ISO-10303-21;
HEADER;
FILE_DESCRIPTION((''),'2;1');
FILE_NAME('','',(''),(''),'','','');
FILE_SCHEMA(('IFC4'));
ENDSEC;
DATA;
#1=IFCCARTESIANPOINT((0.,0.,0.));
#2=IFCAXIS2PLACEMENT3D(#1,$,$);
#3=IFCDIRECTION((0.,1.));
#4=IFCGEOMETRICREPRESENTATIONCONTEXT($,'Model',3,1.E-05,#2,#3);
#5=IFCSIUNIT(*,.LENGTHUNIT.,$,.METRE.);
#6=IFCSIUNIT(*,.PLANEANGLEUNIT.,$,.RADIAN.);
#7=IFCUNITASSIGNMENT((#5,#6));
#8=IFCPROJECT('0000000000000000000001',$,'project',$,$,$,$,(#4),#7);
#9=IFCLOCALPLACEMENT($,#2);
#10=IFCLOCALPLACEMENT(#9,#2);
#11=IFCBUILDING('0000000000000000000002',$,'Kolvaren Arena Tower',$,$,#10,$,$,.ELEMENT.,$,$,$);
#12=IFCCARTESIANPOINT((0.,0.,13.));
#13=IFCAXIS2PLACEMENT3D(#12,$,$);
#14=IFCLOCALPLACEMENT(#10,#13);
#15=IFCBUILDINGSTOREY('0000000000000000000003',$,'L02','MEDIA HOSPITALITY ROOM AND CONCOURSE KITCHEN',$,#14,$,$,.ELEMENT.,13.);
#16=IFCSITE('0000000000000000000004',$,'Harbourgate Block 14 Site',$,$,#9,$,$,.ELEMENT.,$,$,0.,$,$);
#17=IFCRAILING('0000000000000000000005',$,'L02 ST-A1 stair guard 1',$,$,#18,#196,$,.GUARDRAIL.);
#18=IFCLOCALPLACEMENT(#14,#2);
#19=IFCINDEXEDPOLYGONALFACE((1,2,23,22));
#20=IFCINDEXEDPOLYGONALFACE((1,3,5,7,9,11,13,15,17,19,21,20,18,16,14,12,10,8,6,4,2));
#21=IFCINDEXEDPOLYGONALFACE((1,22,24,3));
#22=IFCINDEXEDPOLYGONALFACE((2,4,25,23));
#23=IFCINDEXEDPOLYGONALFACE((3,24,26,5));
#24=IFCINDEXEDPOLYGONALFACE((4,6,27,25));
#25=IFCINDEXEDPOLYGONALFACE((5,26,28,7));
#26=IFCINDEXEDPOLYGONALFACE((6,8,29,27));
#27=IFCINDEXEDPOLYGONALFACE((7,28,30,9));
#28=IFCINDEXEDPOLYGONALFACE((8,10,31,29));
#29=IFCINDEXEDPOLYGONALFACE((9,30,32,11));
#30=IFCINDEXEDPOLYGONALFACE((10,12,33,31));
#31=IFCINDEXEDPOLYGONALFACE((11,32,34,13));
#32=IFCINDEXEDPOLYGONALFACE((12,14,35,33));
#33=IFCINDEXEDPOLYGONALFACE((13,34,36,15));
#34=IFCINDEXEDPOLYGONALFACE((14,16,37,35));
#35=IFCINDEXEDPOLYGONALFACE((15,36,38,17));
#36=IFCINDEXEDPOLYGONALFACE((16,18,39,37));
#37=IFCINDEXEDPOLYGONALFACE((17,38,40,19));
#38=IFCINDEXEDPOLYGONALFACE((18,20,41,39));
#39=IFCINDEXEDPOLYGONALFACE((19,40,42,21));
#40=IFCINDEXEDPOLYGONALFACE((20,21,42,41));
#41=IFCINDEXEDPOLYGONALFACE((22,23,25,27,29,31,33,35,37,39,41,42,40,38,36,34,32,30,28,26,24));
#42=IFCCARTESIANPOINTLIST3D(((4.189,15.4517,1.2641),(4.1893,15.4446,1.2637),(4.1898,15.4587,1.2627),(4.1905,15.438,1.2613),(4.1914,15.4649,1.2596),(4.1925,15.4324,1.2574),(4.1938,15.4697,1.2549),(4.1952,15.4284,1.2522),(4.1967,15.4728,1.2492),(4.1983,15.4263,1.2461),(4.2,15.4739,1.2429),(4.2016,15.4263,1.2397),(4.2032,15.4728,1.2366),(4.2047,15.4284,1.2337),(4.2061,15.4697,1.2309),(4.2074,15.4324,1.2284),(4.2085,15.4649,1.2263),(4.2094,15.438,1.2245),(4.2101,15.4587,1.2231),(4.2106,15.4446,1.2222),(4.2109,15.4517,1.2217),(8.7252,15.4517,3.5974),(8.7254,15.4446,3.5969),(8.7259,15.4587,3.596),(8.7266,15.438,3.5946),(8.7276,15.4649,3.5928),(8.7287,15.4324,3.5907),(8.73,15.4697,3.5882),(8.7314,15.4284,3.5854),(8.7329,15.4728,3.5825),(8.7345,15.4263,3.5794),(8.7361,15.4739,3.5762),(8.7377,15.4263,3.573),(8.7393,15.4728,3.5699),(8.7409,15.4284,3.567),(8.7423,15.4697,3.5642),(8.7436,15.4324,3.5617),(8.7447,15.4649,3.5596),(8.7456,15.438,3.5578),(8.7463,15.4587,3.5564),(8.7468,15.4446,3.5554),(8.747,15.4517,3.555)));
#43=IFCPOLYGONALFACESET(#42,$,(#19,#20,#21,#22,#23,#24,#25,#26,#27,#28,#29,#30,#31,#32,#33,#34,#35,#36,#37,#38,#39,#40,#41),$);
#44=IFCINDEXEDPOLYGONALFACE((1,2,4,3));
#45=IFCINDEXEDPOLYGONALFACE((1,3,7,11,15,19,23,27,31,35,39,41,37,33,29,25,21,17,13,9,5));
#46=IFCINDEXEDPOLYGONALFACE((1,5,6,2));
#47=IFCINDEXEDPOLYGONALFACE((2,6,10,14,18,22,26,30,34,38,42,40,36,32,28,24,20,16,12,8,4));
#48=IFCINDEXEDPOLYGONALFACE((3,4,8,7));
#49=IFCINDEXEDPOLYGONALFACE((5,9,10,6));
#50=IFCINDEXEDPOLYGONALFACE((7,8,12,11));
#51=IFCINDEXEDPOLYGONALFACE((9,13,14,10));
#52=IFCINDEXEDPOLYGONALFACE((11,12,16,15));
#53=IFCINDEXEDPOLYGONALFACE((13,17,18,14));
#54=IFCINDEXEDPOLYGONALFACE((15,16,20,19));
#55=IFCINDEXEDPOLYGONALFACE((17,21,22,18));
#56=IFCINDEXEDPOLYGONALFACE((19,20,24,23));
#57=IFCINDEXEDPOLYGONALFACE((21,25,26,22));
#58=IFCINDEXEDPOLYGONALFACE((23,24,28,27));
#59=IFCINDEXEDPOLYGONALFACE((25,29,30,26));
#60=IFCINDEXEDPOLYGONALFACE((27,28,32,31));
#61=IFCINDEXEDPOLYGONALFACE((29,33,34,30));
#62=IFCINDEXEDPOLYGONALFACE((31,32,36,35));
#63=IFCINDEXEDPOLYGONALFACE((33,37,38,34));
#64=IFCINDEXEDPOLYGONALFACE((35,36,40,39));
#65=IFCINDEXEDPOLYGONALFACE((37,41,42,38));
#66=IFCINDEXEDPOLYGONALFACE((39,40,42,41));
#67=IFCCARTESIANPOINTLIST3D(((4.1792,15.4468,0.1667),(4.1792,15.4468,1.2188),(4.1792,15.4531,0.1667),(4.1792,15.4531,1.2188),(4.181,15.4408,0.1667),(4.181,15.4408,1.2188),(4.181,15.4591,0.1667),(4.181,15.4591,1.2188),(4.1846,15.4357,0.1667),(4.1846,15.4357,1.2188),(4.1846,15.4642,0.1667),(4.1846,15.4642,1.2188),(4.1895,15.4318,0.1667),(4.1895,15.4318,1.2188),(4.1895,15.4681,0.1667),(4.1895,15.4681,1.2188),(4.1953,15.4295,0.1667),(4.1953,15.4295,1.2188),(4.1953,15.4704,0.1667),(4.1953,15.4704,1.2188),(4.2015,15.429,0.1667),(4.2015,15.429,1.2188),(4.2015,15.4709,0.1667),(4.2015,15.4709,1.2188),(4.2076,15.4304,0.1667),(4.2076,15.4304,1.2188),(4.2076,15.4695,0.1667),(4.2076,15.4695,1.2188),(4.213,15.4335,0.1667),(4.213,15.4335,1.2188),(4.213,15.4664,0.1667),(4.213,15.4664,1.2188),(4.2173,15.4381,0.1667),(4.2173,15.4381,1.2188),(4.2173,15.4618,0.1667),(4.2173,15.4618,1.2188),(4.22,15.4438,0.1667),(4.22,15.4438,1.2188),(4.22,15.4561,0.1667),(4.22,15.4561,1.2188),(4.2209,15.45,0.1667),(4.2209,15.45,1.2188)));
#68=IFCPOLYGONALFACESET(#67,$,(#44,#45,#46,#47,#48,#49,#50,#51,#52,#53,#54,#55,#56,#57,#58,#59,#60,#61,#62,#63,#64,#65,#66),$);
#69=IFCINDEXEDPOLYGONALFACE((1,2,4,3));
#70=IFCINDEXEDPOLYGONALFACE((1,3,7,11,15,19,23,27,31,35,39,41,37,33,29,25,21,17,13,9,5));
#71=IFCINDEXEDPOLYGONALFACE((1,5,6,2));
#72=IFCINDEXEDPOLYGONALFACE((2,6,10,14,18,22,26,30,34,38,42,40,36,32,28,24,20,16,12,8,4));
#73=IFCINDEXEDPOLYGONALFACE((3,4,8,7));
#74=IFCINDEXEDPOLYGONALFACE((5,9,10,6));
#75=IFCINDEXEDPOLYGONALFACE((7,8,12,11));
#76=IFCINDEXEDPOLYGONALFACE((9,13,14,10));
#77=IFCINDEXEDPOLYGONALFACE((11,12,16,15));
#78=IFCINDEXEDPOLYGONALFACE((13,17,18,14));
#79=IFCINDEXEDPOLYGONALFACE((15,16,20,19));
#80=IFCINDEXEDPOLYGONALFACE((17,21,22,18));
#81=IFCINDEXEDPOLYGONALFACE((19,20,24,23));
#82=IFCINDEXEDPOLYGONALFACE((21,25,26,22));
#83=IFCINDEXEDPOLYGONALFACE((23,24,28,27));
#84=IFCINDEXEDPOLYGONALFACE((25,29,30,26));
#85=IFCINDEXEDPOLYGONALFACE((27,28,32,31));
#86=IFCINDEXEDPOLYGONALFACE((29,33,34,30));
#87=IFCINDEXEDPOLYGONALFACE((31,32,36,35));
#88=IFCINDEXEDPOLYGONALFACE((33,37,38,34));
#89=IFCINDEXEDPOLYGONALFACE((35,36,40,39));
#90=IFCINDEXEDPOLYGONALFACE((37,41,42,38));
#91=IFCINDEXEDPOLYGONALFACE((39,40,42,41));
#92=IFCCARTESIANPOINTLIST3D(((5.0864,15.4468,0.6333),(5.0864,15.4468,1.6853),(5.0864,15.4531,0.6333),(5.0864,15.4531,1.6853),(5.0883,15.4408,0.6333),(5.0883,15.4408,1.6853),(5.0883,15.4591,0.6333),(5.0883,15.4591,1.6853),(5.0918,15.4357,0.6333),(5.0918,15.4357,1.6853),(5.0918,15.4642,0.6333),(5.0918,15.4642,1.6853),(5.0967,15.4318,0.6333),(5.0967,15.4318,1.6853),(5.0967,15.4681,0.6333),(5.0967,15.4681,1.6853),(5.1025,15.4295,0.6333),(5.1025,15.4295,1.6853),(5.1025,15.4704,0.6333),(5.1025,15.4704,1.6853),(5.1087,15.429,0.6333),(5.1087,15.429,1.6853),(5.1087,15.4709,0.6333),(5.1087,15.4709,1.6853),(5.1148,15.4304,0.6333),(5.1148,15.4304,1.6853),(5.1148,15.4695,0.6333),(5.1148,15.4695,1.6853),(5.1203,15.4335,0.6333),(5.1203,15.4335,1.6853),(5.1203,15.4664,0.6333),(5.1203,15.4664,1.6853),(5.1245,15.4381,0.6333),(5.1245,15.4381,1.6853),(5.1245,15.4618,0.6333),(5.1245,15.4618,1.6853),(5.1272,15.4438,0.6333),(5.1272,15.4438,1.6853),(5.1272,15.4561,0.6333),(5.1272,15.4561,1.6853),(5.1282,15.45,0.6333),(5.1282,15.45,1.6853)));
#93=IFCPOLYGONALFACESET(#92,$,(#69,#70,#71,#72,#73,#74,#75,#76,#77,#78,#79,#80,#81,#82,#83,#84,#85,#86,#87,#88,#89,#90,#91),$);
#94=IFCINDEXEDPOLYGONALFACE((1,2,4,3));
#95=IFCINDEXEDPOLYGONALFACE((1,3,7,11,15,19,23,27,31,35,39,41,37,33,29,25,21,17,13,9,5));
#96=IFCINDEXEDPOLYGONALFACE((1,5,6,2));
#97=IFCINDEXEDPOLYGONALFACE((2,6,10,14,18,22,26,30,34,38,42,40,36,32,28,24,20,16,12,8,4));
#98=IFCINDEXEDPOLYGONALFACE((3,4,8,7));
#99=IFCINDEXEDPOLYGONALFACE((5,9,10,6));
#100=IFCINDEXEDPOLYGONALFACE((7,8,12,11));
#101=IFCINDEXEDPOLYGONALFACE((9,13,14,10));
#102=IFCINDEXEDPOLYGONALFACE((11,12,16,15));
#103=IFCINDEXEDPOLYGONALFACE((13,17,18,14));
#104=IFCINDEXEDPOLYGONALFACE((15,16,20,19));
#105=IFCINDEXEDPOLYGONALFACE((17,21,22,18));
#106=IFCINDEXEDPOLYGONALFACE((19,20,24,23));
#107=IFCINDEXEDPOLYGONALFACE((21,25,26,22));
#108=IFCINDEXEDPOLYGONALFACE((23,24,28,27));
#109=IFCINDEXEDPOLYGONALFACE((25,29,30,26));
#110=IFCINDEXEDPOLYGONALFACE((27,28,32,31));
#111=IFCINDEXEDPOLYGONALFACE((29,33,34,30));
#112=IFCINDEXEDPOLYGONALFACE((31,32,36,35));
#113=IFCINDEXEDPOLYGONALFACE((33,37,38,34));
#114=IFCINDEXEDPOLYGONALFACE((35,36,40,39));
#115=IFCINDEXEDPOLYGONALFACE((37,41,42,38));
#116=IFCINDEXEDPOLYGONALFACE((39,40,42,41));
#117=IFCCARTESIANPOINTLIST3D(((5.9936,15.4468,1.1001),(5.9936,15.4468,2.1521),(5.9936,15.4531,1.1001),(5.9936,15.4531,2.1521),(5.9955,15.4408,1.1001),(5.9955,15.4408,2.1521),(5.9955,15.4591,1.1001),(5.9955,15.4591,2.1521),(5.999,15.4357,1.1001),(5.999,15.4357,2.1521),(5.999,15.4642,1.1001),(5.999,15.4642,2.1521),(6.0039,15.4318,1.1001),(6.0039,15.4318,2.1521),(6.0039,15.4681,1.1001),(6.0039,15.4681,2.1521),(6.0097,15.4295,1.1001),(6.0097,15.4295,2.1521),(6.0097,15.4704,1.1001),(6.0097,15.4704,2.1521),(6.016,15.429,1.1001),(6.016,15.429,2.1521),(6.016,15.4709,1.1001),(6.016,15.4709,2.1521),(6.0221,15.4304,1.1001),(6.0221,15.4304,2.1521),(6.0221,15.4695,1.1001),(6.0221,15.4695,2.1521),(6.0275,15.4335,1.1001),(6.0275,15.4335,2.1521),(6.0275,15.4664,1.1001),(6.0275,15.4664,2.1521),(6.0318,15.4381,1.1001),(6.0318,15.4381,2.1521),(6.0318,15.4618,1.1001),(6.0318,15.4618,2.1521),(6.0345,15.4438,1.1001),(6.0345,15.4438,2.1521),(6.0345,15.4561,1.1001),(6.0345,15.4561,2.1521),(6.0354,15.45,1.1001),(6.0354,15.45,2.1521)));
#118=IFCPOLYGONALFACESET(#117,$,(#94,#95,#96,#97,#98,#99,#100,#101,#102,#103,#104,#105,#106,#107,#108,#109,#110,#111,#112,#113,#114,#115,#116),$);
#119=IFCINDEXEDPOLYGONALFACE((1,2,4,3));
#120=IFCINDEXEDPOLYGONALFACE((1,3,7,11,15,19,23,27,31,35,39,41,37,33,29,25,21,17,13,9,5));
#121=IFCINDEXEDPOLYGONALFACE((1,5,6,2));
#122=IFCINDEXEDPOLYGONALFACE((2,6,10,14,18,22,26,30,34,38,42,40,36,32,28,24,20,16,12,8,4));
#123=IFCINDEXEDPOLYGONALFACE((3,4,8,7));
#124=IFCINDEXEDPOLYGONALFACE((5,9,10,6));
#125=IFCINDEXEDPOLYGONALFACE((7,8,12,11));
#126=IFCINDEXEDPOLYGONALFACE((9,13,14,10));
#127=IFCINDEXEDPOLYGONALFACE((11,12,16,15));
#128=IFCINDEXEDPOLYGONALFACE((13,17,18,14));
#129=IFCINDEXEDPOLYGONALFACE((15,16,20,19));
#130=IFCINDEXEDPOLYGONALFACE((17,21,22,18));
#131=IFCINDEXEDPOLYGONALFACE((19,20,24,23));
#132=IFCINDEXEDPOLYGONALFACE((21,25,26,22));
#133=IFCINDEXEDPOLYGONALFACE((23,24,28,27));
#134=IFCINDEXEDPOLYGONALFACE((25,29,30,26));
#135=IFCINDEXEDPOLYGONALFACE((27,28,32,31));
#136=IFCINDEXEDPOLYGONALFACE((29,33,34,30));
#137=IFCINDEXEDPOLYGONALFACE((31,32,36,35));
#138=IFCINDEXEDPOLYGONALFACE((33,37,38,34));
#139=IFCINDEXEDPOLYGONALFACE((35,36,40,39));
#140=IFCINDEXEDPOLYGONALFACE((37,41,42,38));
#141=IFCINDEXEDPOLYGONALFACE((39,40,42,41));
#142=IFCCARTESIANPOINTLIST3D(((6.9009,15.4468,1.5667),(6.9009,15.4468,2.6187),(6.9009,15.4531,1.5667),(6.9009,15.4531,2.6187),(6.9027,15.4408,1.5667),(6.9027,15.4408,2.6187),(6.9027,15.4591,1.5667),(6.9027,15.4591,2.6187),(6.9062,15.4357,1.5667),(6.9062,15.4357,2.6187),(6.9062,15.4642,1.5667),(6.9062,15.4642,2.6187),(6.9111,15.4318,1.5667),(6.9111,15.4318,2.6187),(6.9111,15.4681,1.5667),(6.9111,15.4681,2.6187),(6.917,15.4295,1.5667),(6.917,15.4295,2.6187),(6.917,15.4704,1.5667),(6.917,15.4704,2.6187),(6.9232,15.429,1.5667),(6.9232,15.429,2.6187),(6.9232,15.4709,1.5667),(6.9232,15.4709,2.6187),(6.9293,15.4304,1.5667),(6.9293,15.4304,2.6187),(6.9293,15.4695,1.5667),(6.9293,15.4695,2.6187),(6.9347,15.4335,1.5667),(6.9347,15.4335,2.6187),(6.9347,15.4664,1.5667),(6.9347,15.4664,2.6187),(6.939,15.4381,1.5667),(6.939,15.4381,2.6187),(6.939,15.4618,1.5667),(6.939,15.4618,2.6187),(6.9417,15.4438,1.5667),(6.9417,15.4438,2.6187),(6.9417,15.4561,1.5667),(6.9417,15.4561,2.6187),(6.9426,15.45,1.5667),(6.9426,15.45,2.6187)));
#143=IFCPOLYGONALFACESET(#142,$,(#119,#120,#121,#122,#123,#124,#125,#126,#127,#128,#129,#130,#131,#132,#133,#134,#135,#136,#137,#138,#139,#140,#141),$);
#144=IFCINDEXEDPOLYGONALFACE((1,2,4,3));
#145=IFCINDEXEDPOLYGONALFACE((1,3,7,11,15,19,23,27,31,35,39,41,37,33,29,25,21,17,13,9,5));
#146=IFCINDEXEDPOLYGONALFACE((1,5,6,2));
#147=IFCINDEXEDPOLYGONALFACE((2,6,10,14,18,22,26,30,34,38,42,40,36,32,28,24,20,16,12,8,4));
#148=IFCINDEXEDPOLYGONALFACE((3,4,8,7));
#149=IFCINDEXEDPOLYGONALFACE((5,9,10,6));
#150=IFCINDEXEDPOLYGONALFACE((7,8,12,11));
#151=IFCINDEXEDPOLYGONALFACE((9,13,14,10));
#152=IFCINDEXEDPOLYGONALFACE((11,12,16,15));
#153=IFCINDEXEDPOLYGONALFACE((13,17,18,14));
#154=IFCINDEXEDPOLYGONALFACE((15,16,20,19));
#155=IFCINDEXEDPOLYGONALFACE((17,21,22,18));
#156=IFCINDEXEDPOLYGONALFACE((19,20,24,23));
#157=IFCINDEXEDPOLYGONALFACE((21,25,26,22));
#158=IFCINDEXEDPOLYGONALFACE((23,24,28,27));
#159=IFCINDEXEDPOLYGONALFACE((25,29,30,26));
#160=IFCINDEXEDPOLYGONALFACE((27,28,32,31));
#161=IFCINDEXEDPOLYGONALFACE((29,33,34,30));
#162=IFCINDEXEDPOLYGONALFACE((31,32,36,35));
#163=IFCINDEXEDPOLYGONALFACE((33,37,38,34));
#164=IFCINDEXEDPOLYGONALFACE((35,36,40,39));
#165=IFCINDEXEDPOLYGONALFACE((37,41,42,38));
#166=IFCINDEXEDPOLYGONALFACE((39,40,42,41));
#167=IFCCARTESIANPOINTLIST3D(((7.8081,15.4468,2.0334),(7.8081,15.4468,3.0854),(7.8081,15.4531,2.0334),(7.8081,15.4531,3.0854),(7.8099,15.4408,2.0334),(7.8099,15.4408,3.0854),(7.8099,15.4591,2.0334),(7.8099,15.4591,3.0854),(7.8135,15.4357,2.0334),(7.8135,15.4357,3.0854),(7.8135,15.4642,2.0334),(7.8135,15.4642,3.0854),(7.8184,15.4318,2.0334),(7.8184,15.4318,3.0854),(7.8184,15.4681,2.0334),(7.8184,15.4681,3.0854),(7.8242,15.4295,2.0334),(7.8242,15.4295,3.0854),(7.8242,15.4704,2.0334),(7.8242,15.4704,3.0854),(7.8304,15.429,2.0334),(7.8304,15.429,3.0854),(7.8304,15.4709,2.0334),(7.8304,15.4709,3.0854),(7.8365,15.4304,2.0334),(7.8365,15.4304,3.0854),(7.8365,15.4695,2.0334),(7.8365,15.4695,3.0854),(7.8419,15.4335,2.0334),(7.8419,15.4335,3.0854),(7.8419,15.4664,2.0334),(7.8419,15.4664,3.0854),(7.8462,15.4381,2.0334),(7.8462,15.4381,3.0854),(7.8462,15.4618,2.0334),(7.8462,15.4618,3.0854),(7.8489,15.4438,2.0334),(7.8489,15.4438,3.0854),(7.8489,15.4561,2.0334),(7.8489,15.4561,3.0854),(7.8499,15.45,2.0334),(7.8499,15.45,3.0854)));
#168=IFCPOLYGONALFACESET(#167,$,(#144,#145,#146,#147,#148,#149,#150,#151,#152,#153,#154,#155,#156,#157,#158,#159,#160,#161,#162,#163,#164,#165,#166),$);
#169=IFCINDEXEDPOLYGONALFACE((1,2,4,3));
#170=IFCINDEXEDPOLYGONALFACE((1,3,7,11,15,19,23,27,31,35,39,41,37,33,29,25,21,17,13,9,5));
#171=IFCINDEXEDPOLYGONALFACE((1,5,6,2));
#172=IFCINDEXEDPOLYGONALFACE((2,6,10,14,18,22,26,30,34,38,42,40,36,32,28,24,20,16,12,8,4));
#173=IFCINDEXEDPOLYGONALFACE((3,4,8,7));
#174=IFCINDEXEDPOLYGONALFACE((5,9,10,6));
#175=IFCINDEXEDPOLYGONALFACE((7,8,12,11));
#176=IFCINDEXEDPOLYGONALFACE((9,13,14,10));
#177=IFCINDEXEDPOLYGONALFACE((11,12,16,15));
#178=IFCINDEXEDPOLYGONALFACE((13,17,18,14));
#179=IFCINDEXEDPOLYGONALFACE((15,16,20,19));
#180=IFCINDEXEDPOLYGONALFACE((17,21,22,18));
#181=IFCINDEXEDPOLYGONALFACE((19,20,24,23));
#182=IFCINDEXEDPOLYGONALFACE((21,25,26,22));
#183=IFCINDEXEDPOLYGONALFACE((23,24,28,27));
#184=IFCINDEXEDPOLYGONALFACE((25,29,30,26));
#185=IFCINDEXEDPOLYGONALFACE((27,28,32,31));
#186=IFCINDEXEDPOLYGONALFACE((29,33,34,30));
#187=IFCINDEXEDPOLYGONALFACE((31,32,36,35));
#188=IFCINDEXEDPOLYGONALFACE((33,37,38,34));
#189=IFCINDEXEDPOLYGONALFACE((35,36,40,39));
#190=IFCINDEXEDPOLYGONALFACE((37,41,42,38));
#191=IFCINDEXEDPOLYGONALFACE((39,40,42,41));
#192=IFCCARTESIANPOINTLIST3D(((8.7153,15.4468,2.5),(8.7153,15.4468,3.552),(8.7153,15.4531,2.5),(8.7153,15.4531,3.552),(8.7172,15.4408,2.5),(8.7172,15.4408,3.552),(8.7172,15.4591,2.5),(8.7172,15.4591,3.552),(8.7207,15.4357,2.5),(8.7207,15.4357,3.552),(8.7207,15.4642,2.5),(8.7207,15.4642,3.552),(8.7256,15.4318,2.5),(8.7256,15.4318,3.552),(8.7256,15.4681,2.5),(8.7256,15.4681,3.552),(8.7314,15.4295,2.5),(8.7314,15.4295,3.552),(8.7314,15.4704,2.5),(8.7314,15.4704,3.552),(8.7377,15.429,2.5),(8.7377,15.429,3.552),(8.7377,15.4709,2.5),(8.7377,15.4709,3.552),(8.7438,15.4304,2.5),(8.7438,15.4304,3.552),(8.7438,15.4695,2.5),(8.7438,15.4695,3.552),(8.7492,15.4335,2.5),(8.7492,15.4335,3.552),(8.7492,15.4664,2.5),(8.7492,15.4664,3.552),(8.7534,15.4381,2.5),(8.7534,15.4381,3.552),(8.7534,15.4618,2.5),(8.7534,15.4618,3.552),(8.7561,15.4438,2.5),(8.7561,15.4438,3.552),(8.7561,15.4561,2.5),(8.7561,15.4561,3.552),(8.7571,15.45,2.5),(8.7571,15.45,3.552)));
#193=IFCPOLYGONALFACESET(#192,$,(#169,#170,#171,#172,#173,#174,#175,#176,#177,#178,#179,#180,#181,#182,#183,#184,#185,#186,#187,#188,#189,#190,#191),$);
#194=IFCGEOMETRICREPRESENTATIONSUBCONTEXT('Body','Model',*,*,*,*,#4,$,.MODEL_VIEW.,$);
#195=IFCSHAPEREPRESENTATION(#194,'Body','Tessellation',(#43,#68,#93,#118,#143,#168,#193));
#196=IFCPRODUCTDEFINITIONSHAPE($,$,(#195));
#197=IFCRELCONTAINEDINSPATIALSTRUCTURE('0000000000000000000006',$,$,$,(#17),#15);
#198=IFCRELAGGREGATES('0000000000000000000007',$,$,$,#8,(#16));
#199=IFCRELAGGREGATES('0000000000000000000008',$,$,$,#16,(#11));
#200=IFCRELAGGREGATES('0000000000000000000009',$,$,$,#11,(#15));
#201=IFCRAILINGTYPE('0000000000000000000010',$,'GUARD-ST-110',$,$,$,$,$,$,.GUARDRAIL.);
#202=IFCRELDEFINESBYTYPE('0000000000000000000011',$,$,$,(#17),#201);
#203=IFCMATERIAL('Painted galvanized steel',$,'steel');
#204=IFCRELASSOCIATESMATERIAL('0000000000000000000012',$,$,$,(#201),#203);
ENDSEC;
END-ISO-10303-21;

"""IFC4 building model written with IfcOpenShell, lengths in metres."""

from ifc_helpers import new_model, si_unit, direction, frame, origin, origin_2d, place, context, subcontext, project, spatial, circle, extrude, material, type_object, element, save


model = new_model("IFC4")

# Units and contexts
model_context = context("Model", 3, precision=1e-05, world=origin(), true_north=direction((0.0, 1.0)))
body_context = subcontext(model_context, "Body", "Model", "MODEL_VIEW")
ifc_project = project(units=[si_unit("LENGTHUNIT", "METRE"), si_unit("PLANEANGLEUNIT", "RADIAN")], contexts=[model_context])

# Site, building, storey
site_placement = place(None, origin())
site = spatial("IfcSite", under=ifc_project, at=site_placement, Name="Harbourgate Block 14 Site", CompositionType="ELEMENT", RefElevation=0.0)
building_placement = place(site_placement, origin())
building = spatial("IfcBuilding", under=site, at=building_placement, Name="Kolvaren Arena Tower", CompositionType="ELEMENT")
storey_placement = place(building_placement, frame((0.0, 0.0, 13.0)))
storey = spatial("IfcBuildingStorey", under=building, at=storey_placement, Name="L02", Description="MEDIA HOSPITALITY ROOM AND CONCOURSE KITCHEN", CompositionType="ELEMENT", Elevation=13.0)

# Railing
ifc_material_1 = material(Name="Painted galvanized steel", Category="steel")
railing_type_1 = type_object("IfcRailingType", Name="GUARD-ST-110", PredefinedType="GUARDRAIL", material=ifc_material_1)
railing_1_placement = place(storey_placement, frame((4.2, 15.45, 0.1667)))
element("IfcRailing", 1, at=railing_1_placement, inside=storey, type_object=railing_type_1, Name="L02 ST-A1 stair guard 1", PredefinedType="GUARDRAIL", context=body_context, shape_type="SweptSolid", body=[
    extrude(circle(Radius=0.0239, at=origin_2d()), frame((0.0, 0.0, 1.0762), z_axis=(0.889257, 0.0, 0.457407), x_axis=(0.0, 1.0, 0.0)), (0.0, 0.0, 1.0), 5.1011),
    extrude(circle(Radius=0.021, at=origin_2d()), origin(), (0.0, 0.0, 1.0), 1.052),
    extrude(circle(Radius=0.021, at=origin_2d()), frame((0.9072, 0.0, 0.4666)), (0.0, 0.0, 1.0), 1.052),
    extrude(circle(Radius=0.021, at=origin_2d()), frame((1.8145, 0.0, 0.9333)), (0.0, 0.0, 1.0), 1.052),
    extrude(circle(Radius=0.021, at=origin_2d()), frame((2.7217, 0.0, 1.3999)), (0.0, 0.0, 1.0), 1.052),
    extrude(circle(Radius=0.021, at=origin_2d()), frame((3.6289, 0.0, 1.8667)), (0.0, 0.0, 1.0), 1.052),
    extrude(circle(Radius=0.021, at=origin_2d()), frame((4.5361, 0.0, 2.3333)), (0.0, 0.0, 1.0), 1.052),
])

save(model, "model.ifc")
